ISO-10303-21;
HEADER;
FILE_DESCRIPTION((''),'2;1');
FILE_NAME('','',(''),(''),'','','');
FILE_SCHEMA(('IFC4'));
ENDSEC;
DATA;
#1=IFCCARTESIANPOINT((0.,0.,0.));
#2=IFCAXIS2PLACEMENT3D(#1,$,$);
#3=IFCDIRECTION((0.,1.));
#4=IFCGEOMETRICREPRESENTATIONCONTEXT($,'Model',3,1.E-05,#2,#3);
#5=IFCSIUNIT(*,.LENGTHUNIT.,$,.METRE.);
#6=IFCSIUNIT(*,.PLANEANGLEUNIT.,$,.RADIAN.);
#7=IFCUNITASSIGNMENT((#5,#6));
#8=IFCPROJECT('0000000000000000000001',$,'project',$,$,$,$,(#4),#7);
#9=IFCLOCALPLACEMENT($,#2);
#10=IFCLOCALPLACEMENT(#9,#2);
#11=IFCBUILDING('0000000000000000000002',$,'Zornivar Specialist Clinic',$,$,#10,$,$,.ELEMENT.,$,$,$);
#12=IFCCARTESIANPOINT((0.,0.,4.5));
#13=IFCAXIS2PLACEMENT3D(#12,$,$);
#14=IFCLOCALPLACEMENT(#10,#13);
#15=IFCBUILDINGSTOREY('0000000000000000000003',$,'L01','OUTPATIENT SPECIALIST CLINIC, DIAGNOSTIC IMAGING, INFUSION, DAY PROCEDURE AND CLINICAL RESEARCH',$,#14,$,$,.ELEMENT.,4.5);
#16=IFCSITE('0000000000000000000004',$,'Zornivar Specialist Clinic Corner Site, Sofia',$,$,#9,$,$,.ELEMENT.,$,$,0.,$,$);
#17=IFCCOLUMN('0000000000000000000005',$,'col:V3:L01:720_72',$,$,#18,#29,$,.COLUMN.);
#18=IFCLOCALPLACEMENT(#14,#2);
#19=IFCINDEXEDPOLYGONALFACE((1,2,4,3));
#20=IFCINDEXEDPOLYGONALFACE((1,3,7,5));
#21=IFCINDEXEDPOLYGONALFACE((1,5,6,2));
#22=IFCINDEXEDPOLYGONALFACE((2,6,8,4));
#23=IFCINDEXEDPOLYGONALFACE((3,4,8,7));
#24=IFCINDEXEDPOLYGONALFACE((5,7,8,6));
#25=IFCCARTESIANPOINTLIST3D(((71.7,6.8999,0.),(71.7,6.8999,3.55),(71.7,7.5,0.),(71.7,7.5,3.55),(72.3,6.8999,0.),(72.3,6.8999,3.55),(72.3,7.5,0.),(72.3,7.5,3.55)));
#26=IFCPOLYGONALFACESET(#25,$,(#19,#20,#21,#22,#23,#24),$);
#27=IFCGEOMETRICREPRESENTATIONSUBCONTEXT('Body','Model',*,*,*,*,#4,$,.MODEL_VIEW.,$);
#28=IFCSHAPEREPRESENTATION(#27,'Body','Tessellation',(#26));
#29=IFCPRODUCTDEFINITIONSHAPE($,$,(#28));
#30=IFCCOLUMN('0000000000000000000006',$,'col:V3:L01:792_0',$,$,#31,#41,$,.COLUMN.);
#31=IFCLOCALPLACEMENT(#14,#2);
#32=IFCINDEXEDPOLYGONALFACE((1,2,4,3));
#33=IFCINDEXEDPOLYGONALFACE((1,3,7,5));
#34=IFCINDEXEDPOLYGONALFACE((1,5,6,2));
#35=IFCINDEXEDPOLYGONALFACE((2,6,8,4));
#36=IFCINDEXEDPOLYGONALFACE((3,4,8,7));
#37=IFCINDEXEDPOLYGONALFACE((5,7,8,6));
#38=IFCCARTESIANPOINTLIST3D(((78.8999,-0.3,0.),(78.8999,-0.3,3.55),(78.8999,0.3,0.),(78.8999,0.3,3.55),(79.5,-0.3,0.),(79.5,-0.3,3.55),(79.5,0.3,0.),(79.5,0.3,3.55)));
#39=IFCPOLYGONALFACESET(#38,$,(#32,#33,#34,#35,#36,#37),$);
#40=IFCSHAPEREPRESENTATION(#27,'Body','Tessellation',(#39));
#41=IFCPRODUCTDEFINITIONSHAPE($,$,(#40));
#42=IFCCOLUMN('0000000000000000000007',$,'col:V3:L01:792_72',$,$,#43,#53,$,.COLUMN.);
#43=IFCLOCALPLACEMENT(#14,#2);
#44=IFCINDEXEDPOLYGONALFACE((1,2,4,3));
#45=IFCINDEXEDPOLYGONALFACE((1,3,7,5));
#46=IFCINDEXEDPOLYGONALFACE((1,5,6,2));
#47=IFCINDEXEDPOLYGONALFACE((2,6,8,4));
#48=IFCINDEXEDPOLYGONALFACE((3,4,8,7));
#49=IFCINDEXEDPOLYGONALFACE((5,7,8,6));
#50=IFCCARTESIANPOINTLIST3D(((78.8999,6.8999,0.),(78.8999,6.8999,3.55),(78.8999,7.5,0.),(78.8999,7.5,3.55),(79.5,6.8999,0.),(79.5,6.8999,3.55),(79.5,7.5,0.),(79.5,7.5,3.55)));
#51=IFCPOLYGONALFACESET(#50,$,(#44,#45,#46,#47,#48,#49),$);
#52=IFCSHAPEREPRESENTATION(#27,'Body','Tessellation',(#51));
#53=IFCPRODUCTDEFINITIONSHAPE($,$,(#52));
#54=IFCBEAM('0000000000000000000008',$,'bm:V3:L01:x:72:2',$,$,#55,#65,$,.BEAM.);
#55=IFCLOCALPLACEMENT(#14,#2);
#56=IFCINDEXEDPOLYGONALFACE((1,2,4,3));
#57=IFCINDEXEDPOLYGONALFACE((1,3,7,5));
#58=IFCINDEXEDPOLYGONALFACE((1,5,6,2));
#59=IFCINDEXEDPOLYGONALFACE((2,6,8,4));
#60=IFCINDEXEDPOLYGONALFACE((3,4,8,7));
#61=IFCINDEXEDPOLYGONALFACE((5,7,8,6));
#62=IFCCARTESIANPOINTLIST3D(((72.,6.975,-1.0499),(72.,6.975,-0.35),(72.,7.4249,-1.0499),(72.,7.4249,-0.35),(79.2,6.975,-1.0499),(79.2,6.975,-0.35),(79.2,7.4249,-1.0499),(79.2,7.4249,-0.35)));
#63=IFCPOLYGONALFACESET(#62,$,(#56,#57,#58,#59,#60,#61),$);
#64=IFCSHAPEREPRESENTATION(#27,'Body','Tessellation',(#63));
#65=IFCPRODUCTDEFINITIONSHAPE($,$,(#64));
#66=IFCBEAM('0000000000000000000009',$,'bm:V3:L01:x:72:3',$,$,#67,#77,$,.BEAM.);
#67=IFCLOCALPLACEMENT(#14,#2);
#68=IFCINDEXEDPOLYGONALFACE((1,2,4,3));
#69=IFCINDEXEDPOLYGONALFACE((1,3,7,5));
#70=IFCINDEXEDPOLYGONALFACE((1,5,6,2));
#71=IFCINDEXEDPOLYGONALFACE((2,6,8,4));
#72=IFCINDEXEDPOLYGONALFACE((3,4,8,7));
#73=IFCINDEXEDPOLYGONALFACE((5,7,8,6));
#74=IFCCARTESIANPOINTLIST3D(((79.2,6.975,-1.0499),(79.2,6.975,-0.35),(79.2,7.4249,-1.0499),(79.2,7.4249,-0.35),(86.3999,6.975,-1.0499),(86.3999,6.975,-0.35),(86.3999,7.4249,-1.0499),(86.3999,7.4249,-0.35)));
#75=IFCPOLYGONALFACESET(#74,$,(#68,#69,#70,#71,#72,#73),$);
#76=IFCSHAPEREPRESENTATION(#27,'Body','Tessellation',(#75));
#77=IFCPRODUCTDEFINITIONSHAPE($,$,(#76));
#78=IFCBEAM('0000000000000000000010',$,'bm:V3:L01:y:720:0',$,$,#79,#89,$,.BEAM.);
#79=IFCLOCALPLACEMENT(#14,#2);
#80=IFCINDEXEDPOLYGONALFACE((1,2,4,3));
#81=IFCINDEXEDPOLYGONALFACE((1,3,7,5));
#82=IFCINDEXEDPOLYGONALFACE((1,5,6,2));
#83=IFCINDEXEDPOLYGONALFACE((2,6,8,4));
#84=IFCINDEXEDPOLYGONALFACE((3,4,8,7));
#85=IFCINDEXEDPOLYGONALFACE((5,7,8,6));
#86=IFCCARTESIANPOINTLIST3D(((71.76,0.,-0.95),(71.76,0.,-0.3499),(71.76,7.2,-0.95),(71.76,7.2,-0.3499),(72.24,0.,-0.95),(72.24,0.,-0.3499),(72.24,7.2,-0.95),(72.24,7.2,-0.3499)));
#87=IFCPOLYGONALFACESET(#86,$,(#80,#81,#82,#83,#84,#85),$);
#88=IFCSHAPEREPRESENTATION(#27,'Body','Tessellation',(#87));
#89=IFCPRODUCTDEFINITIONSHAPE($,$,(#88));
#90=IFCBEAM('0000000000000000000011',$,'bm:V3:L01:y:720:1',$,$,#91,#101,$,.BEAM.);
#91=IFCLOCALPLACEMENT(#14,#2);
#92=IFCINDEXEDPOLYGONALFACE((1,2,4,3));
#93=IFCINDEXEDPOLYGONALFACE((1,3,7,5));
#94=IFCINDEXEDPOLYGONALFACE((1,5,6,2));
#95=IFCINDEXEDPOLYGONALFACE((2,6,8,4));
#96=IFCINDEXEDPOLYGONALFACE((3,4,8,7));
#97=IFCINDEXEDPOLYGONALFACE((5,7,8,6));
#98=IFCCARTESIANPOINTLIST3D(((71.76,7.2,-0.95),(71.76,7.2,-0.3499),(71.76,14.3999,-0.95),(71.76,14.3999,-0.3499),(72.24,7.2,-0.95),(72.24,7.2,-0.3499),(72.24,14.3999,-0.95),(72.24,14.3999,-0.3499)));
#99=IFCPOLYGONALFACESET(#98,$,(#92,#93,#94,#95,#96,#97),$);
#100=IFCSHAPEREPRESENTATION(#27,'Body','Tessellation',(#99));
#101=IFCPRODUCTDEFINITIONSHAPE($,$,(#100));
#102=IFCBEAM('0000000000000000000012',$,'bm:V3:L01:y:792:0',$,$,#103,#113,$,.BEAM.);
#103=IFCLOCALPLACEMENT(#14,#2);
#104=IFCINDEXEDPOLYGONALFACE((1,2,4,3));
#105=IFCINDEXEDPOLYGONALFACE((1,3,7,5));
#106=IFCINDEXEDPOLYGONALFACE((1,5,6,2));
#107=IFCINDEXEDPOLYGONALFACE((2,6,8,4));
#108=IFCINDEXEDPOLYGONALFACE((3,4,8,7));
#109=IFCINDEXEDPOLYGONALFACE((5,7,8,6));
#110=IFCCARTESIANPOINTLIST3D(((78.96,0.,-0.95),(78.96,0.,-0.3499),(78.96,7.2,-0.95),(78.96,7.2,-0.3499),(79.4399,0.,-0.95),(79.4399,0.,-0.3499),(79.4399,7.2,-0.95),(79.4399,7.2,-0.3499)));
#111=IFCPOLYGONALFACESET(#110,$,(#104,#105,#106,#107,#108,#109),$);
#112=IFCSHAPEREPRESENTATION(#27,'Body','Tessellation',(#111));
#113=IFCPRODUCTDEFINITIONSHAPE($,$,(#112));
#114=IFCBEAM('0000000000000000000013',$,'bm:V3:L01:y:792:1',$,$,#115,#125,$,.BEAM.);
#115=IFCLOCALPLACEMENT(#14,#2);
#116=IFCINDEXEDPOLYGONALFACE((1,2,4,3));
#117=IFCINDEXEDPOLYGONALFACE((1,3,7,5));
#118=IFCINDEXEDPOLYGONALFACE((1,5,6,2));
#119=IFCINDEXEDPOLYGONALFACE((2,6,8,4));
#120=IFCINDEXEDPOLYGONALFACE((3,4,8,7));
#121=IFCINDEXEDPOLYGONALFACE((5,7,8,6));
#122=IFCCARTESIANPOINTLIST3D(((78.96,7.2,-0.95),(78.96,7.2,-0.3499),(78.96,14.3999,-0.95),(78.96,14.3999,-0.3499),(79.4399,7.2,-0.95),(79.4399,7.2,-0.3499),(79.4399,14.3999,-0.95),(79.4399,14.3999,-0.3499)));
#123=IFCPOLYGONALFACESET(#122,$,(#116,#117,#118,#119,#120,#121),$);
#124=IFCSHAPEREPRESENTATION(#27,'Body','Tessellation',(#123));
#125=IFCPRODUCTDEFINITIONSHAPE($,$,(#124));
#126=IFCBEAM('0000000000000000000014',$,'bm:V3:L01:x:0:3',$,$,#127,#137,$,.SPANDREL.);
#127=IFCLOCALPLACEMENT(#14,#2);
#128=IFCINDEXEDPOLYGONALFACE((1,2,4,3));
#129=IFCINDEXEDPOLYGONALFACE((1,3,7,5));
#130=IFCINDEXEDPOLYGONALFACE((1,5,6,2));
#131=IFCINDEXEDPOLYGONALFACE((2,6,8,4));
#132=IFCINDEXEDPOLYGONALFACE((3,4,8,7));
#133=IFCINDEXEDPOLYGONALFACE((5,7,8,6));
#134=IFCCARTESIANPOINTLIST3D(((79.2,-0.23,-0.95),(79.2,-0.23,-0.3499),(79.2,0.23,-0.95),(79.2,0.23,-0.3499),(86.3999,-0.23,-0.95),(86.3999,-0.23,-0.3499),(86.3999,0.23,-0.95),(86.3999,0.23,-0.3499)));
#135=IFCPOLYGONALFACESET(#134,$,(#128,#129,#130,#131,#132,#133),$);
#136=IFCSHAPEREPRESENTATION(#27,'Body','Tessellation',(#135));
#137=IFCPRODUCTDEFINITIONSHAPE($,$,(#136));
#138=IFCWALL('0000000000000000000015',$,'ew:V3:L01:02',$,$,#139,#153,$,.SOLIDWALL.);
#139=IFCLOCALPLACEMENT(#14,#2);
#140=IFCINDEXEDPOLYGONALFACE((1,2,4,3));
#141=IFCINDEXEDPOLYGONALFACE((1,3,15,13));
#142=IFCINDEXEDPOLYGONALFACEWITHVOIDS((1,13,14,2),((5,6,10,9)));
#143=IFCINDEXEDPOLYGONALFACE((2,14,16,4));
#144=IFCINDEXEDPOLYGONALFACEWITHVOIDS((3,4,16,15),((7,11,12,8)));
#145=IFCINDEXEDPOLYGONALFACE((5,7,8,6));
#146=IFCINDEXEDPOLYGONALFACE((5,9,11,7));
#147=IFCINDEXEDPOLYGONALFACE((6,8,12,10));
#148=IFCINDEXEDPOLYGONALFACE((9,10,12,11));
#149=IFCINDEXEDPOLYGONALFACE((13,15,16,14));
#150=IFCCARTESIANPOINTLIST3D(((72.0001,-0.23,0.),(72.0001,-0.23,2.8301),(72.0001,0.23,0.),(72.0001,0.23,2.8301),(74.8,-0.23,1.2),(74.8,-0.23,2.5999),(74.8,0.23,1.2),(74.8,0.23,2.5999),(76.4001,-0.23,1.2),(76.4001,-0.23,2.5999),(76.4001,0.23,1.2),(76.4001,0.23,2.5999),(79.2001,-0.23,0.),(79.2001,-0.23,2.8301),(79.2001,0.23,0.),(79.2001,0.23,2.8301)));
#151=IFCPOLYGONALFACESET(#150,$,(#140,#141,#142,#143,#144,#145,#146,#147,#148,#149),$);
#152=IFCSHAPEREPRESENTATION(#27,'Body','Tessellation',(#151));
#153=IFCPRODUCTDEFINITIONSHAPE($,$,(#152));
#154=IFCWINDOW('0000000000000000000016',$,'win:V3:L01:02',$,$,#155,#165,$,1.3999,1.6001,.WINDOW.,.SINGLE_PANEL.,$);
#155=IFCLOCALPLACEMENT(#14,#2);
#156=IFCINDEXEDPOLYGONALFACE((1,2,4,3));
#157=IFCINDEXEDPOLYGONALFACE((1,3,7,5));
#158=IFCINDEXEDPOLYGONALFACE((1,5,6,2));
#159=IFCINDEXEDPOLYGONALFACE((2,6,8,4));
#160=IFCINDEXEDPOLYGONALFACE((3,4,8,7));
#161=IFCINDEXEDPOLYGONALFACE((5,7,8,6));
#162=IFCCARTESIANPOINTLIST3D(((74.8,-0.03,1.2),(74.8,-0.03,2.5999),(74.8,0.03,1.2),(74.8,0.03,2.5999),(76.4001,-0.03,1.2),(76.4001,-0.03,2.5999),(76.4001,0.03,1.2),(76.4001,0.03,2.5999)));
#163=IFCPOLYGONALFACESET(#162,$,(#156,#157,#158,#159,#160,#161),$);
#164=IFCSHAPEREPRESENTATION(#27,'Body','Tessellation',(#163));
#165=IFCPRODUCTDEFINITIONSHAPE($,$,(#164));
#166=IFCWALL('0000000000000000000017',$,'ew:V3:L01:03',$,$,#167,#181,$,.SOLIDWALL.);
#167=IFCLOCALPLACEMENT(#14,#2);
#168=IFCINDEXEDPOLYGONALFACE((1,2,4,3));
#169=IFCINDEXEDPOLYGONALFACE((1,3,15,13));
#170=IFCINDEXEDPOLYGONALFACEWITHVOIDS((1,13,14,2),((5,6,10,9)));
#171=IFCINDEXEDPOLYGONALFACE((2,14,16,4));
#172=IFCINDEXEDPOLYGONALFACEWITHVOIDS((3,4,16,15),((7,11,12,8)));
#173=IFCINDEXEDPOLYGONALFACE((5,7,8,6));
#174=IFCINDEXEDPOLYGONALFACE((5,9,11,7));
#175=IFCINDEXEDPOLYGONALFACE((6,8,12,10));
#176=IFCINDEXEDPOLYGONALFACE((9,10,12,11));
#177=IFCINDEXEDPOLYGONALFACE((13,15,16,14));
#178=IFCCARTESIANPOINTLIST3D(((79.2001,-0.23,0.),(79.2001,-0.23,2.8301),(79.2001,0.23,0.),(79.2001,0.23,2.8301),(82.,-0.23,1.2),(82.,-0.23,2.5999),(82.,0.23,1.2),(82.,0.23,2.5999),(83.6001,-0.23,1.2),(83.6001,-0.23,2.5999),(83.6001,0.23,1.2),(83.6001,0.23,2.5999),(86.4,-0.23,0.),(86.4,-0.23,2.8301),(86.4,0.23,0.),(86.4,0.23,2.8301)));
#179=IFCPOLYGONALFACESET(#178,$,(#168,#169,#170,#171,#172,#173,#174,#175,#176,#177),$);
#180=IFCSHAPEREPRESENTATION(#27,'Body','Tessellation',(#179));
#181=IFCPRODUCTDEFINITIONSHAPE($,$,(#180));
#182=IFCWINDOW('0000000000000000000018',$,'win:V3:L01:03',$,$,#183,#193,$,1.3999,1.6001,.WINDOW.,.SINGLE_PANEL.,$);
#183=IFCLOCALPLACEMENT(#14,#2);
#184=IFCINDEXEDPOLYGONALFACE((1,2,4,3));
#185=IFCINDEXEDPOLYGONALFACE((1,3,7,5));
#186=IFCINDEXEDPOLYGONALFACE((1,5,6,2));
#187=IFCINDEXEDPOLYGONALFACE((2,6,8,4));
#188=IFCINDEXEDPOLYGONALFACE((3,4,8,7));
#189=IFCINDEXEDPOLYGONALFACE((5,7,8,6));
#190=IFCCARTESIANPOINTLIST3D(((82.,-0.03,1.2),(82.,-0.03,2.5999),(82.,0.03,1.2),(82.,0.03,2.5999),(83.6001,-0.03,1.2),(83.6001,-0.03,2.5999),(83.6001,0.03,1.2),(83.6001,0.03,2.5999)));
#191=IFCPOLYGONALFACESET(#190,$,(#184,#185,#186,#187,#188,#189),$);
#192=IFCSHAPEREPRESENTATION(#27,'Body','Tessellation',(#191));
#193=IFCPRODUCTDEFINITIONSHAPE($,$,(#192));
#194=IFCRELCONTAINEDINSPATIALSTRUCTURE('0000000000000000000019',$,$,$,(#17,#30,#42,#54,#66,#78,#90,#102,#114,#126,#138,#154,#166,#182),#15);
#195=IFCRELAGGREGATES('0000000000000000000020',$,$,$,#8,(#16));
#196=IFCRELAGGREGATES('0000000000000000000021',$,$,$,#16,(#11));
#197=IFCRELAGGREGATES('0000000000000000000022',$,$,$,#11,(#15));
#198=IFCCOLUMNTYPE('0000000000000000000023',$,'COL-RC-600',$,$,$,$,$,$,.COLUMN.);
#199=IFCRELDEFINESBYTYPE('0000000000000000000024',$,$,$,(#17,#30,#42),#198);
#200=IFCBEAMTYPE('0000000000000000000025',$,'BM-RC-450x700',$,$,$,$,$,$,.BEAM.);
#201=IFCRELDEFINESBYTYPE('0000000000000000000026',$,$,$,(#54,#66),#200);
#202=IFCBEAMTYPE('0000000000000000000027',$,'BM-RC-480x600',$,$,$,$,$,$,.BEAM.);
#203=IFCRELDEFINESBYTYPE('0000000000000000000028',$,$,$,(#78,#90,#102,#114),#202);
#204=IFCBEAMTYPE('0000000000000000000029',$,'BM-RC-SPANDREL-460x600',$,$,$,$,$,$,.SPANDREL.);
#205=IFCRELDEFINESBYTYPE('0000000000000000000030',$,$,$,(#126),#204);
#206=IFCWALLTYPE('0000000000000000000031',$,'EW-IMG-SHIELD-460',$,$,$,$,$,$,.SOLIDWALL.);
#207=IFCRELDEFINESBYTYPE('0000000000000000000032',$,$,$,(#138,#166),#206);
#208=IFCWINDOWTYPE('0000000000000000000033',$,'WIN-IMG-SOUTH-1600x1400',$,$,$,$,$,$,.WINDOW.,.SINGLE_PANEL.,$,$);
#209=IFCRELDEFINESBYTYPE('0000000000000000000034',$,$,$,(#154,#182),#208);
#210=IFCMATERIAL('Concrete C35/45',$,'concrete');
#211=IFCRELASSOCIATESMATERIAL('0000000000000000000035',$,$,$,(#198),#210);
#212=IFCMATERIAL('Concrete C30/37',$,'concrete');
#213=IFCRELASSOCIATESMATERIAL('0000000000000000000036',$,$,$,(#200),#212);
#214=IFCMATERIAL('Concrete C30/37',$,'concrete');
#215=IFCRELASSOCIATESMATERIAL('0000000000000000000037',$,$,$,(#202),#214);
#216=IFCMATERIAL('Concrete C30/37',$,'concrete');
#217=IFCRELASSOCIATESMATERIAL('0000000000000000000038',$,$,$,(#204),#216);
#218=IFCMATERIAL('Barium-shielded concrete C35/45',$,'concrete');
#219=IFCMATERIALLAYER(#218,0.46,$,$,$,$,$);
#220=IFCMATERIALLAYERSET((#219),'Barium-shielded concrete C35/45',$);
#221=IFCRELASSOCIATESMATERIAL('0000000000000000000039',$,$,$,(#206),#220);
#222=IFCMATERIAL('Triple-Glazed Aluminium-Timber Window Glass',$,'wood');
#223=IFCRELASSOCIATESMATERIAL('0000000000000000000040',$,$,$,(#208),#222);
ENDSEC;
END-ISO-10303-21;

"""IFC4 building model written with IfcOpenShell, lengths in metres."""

from ifc_helpers import new_model, si_unit, direction, frame, frame_2d, origin, origin_2d, place, context, subcontext, project, spatial, rectangle, extrude, material, layer, layer_set, material_profile, profile_set, type_object, element, fill, save


model = new_model("IFC4")

# Units and contexts
model_context = context("Model", 3, precision=1e-05, world=origin(), true_north=direction((0.0, 1.0)))
body_context = subcontext(model_context, "Body", "Model", "MODEL_VIEW")
ifc_project = project(units=[si_unit("LENGTHUNIT", "METRE"), si_unit("PLANEANGLEUNIT", "RADIAN")], contexts=[model_context])

# Site, building, storey
site_placement = place(None, origin())
site = spatial("IfcSite", under=ifc_project, at=site_placement, Name="Zornivar Specialist Clinic Corner Site, Sofia", CompositionType="ELEMENT", RefElevation=0.0)
building_placement = place(site_placement, origin())
building = spatial("IfcBuilding", under=site, at=building_placement, Name="Zornivar Specialist Clinic", CompositionType="ELEMENT")
storey_placement = place(building_placement, frame((0.0, 0.0, 4.5)))
storey = spatial("IfcBuildingStorey", under=building, at=storey_placement, Name="L01", Description="OUTPATIENT SPECIALIST CLINIC, DIAGNOSTIC IMAGING, INFUSION, DAY PROCEDURE AND CLINICAL RESEARCH", CompositionType="ELEMENT", Elevation=4.5)

# Columns
ifc_material_1 = material(Name="Concrete C35/45", Category="concrete")
ifc_material_profile_1 = material_profile(ifc_material_1, rectangle(XDim=0.6001, YDim=0.6001, at=origin_2d()), Name="RC 600x600")
ifc_profile_set_1 = profile_set([ifc_material_profile_1], Name="Concrete C35/45")
column_type = type_object("IfcColumnType", Name="COL-RC-600", PredefinedType="COLUMN", material=ifc_profile_set_1)
for number, where, z_axis, x_axis, name in (
    (1, (72.0, 7.2, 0.0), (0.0, 0.0, 1.0), (1.0, 0.0, 0.0), "col:V3:L01:720_72"),
    (2, (79.2, 0.0, 0.0), (0.0, 0.0, 1.0), (1.0, 0.0, 0.0), "col:V3:L01:792_0"),
    (3, (79.2, 7.2, 0.0), (0.0, 0.0, 1.0), (1.0, 0.0, 0.0), "col:V3:L01:792_72"),
):
    element("IfcColumn", number, at=place(storey_placement, frame(where, z_axis=z_axis, x_axis=x_axis)), inside=storey, type_object=column_type, Name=name, PredefinedType="COLUMN", context=body_context, shape_type="SweptSolid", body=[
        extrude(rectangle(XDim=0.6001, YDim=0.6001, at=origin_2d()), origin(), (0.0, 0.0, 1.0), 3.55),
    ])

# Beams
ifc_material_2 = material(Name="Concrete C30/37", Category="concrete")
ifc_material_profile_2 = material_profile(ifc_material_2, rectangle(XDim=0.45, YDim=0.7, at=origin_2d()), Name="RC 450x700")
ifc_profile_set_2 = profile_set([ifc_material_profile_2], Name="Concrete C30/37")
beam_type_1 = type_object("IfcBeamType", Name="BM-RC-450x700", PredefinedType="BEAM", material=ifc_profile_set_2)
for number, where, z_axis, x_axis, name in (
    (4, (72.0, 7.2, -0.7), (1.0, 0.0, 0.0), (0.0, 1.0, 0.0), "bm:V3:L01:x:72:2"),
    (5, (79.2, 7.2, -0.7), (1.0, 0.0, 0.0), (0.0, 1.0, 0.0), "bm:V3:L01:x:72:3"),
):
    element("IfcBeam", number, at=place(storey_placement, frame(where, z_axis=z_axis, x_axis=x_axis)), inside=storey, type_object=beam_type_1, Name=name, PredefinedType="BEAM", context=body_context, shape_type="SweptSolid", body=[
        extrude(rectangle(XDim=0.45, YDim=0.7, at=origin_2d()), origin(), (0.0, 0.0, 1.0), 7.2),
    ])
ifc_material_3 = material(Name="Concrete C30/37", Category="concrete")
ifc_material_profile_3 = material_profile(ifc_material_3, rectangle(XDim=0.48, YDim=0.6001, at=origin_2d()), Name="RC 480x600")
ifc_profile_set_3 = profile_set([ifc_material_profile_3], Name="Concrete C30/37")
beam_type_2 = type_object("IfcBeamType", Name="BM-RC-480x600", PredefinedType="BEAM", material=ifc_profile_set_3)
for number, where, z_axis, x_axis, name in (
    (6, (72.0, 0.0, -0.6499), (0.0, 1.0, 0.0), (-1.0, 0.0, 0.0), "bm:V3:L01:y:720:0"),
    (7, (72.0, 7.2, -0.6499), (0.0, 1.0, 0.0), (-1.0, 0.0, 0.0), "bm:V3:L01:y:720:1"),
    (8, (79.2, 0.0, -0.6499), (0.0, 1.0, 0.0), (-1.0, 0.0, 0.0), "bm:V3:L01:y:792:0"),
    (9, (79.2, 7.2, -0.6499), (0.0, 1.0, 0.0), (-1.0, 0.0, 0.0), "bm:V3:L01:y:792:1"),
):
    element("IfcBeam", number, at=place(storey_placement, frame(where, z_axis=z_axis, x_axis=x_axis)), inside=storey, type_object=beam_type_2, Name=name, PredefinedType="BEAM", context=body_context, shape_type="SweptSolid", body=[
        extrude(rectangle(XDim=0.48, YDim=0.6001, at=origin_2d()), origin(), (0.0, 0.0, 1.0), 7.2),
    ])
ifc_material_4 = material(Name="Concrete C30/37", Category="concrete")
ifc_material_profile_4 = material_profile(ifc_material_4, rectangle(XDim=0.46, YDim=0.6001, at=origin_2d()), Name="RC 460x600")
ifc_profile_set_4 = profile_set([ifc_material_profile_4], Name="Concrete C30/37")
beam_type_3 = type_object("IfcBeamType", Name="BM-RC-SPANDREL-460x600", PredefinedType="SPANDREL", material=ifc_profile_set_4)
beam_placement = place(storey_placement, frame((79.2, 0.0, -0.6499), z_axis=(1.0, 0.0, 0.0), x_axis=(0.0, 1.0, 0.0)))
element("IfcBeam", 10, at=beam_placement, inside=storey, type_object=beam_type_3, Name="bm:V3:L01:x:0:3", PredefinedType="SPANDREL", context=body_context, shape_type="SweptSolid", body=[
    extrude(rectangle(XDim=0.46, YDim=0.6001, at=origin_2d()), origin(), (0.0, 0.0, 1.0), 7.2),
])

# Walls, openings, windows
ifc_material_5 = material(Name="Barium-shielded concrete C35/45", Category="concrete")
ifc_layer_1 = layer(ifc_material_5, 0.46)
ifc_layer_set_1 = layer_set([ifc_layer_1], Name="Barium-shielded concrete C35/45")
wall_type_1 = type_object("IfcWallType", Name="EW-IMG-SHIELD-460", PredefinedType="SOLIDWALL", material=ifc_layer_set_1)
wall_1_placement = place(storey_placement, frame((72.0, 0.0, 0.0), z_axis=(0.0, 0.0, 1.0), x_axis=(1.0, 0.0, 0.0)))
wall_1 = element("IfcWall", 11, at=wall_1_placement, inside=storey, type_object=wall_type_1, Name="ew:V3:L01:02", PredefinedType="SOLIDWALL", context=body_context, shape_type="SweptSolid", body=[
    extrude(rectangle(XDim=7.2, YDim=0.46, at=frame_2d((3.6001, 0.0))), origin(), (0.0, 0.0, 1.0), 2.8301),
])
opening_1_placement = place(wall_1_placement, frame((2.8, 0.0, 1.2)))
opening_1 = element("IfcOpeningElement", 12, at=opening_1_placement, cuts=wall_1, PredefinedType="OPENING", context=body_context, shape_type="SweptSolid", body=[
    extrude(rectangle(XDim=1.6001, YDim=1.3999, at=frame_2d((0.8, 0.7))), frame((0.0, 0.24, 0.0), z_axis=(0.0, -1.0, 0.0), x_axis=(1.0, 0.0, 0.0)), (0.0, 0.0, 1.0), 0.48),
])
ifc_material_6 = material(Name="Triple-Glazed Aluminium-Timber Window Glass", Category="wood")
window_type = type_object("IfcWindowType", Name="WIN-IMG-SOUTH-1600x1400", PartitioningType="SINGLE_PANEL", PredefinedType="WINDOW", material=ifc_material_6)
window_1_placement = place(opening_1_placement, origin())
window_1 = element("IfcWindow", 13, at=window_1_placement, inside=storey, type_object=window_type, Name="win:V3:L01:02", OverallHeight=1.3999, OverallWidth=1.6001, PartitioningType="SINGLE_PANEL", PredefinedType="WINDOW", context=body_context, shape_type="SweptSolid", body=[
    extrude(rectangle(XDim=1.6001, YDim=1.3999, at=frame_2d((0.8, 0.7))), frame((0.0, 0.03, 0.0), z_axis=(0.0, -1.0, 0.0), x_axis=(1.0, 0.0, 0.0)), (0.0, 0.0, 1.0), 0.0601),
])
fill(opening_1, window_1)
wall_2_placement = place(storey_placement, frame((79.2, 0.0, 0.0), z_axis=(0.0, 0.0, 1.0), x_axis=(1.0, 0.0, 0.0)))
wall_2 = element("IfcWall", 14, at=wall_2_placement, inside=storey, type_object=wall_type_1, Name="ew:V3:L01:03", PredefinedType="SOLIDWALL", context=body_context, shape_type="SweptSolid", body=[
    extrude(rectangle(XDim=7.2, YDim=0.46, at=frame_2d((3.6001, 0.0))), origin(), (0.0, 0.0, 1.0), 2.8301),
])
opening_2_placement = place(wall_2_placement, frame((2.8, 0.0, 1.2)))
opening_2 = element("IfcOpeningElement", 15, at=opening_2_placement, cuts=wall_2, PredefinedType="OPENING", context=body_context, shape_type="SweptSolid", body=[
    extrude(rectangle(XDim=1.6001, YDim=1.3999, at=frame_2d((0.8, 0.7))), frame((0.0, 0.24, 0.0), z_axis=(0.0, -1.0, 0.0), x_axis=(1.0, 0.0, 0.0)), (0.0, 0.0, 1.0), 0.48),
])
window_2_placement = place(opening_2_placement, origin())
window_2 = element("IfcWindow", 16, at=window_2_placement, inside=storey, type_object=window_type, Name="win:V3:L01:03", OverallHeight=1.3999, OverallWidth=1.6001, PartitioningType="SINGLE_PANEL", PredefinedType="WINDOW", context=body_context, shape_type="SweptSolid", body=[
    extrude(rectangle(XDim=1.6001, YDim=1.3999, at=frame_2d((0.8, 0.7))), frame((0.0, 0.03, 0.0), z_axis=(0.0, -1.0, 0.0), x_axis=(1.0, 0.0, 0.0)), (0.0, 0.0, 1.0), 0.0601),
])
fill(opening_2, window_2)

save(model, "model.ifc")
